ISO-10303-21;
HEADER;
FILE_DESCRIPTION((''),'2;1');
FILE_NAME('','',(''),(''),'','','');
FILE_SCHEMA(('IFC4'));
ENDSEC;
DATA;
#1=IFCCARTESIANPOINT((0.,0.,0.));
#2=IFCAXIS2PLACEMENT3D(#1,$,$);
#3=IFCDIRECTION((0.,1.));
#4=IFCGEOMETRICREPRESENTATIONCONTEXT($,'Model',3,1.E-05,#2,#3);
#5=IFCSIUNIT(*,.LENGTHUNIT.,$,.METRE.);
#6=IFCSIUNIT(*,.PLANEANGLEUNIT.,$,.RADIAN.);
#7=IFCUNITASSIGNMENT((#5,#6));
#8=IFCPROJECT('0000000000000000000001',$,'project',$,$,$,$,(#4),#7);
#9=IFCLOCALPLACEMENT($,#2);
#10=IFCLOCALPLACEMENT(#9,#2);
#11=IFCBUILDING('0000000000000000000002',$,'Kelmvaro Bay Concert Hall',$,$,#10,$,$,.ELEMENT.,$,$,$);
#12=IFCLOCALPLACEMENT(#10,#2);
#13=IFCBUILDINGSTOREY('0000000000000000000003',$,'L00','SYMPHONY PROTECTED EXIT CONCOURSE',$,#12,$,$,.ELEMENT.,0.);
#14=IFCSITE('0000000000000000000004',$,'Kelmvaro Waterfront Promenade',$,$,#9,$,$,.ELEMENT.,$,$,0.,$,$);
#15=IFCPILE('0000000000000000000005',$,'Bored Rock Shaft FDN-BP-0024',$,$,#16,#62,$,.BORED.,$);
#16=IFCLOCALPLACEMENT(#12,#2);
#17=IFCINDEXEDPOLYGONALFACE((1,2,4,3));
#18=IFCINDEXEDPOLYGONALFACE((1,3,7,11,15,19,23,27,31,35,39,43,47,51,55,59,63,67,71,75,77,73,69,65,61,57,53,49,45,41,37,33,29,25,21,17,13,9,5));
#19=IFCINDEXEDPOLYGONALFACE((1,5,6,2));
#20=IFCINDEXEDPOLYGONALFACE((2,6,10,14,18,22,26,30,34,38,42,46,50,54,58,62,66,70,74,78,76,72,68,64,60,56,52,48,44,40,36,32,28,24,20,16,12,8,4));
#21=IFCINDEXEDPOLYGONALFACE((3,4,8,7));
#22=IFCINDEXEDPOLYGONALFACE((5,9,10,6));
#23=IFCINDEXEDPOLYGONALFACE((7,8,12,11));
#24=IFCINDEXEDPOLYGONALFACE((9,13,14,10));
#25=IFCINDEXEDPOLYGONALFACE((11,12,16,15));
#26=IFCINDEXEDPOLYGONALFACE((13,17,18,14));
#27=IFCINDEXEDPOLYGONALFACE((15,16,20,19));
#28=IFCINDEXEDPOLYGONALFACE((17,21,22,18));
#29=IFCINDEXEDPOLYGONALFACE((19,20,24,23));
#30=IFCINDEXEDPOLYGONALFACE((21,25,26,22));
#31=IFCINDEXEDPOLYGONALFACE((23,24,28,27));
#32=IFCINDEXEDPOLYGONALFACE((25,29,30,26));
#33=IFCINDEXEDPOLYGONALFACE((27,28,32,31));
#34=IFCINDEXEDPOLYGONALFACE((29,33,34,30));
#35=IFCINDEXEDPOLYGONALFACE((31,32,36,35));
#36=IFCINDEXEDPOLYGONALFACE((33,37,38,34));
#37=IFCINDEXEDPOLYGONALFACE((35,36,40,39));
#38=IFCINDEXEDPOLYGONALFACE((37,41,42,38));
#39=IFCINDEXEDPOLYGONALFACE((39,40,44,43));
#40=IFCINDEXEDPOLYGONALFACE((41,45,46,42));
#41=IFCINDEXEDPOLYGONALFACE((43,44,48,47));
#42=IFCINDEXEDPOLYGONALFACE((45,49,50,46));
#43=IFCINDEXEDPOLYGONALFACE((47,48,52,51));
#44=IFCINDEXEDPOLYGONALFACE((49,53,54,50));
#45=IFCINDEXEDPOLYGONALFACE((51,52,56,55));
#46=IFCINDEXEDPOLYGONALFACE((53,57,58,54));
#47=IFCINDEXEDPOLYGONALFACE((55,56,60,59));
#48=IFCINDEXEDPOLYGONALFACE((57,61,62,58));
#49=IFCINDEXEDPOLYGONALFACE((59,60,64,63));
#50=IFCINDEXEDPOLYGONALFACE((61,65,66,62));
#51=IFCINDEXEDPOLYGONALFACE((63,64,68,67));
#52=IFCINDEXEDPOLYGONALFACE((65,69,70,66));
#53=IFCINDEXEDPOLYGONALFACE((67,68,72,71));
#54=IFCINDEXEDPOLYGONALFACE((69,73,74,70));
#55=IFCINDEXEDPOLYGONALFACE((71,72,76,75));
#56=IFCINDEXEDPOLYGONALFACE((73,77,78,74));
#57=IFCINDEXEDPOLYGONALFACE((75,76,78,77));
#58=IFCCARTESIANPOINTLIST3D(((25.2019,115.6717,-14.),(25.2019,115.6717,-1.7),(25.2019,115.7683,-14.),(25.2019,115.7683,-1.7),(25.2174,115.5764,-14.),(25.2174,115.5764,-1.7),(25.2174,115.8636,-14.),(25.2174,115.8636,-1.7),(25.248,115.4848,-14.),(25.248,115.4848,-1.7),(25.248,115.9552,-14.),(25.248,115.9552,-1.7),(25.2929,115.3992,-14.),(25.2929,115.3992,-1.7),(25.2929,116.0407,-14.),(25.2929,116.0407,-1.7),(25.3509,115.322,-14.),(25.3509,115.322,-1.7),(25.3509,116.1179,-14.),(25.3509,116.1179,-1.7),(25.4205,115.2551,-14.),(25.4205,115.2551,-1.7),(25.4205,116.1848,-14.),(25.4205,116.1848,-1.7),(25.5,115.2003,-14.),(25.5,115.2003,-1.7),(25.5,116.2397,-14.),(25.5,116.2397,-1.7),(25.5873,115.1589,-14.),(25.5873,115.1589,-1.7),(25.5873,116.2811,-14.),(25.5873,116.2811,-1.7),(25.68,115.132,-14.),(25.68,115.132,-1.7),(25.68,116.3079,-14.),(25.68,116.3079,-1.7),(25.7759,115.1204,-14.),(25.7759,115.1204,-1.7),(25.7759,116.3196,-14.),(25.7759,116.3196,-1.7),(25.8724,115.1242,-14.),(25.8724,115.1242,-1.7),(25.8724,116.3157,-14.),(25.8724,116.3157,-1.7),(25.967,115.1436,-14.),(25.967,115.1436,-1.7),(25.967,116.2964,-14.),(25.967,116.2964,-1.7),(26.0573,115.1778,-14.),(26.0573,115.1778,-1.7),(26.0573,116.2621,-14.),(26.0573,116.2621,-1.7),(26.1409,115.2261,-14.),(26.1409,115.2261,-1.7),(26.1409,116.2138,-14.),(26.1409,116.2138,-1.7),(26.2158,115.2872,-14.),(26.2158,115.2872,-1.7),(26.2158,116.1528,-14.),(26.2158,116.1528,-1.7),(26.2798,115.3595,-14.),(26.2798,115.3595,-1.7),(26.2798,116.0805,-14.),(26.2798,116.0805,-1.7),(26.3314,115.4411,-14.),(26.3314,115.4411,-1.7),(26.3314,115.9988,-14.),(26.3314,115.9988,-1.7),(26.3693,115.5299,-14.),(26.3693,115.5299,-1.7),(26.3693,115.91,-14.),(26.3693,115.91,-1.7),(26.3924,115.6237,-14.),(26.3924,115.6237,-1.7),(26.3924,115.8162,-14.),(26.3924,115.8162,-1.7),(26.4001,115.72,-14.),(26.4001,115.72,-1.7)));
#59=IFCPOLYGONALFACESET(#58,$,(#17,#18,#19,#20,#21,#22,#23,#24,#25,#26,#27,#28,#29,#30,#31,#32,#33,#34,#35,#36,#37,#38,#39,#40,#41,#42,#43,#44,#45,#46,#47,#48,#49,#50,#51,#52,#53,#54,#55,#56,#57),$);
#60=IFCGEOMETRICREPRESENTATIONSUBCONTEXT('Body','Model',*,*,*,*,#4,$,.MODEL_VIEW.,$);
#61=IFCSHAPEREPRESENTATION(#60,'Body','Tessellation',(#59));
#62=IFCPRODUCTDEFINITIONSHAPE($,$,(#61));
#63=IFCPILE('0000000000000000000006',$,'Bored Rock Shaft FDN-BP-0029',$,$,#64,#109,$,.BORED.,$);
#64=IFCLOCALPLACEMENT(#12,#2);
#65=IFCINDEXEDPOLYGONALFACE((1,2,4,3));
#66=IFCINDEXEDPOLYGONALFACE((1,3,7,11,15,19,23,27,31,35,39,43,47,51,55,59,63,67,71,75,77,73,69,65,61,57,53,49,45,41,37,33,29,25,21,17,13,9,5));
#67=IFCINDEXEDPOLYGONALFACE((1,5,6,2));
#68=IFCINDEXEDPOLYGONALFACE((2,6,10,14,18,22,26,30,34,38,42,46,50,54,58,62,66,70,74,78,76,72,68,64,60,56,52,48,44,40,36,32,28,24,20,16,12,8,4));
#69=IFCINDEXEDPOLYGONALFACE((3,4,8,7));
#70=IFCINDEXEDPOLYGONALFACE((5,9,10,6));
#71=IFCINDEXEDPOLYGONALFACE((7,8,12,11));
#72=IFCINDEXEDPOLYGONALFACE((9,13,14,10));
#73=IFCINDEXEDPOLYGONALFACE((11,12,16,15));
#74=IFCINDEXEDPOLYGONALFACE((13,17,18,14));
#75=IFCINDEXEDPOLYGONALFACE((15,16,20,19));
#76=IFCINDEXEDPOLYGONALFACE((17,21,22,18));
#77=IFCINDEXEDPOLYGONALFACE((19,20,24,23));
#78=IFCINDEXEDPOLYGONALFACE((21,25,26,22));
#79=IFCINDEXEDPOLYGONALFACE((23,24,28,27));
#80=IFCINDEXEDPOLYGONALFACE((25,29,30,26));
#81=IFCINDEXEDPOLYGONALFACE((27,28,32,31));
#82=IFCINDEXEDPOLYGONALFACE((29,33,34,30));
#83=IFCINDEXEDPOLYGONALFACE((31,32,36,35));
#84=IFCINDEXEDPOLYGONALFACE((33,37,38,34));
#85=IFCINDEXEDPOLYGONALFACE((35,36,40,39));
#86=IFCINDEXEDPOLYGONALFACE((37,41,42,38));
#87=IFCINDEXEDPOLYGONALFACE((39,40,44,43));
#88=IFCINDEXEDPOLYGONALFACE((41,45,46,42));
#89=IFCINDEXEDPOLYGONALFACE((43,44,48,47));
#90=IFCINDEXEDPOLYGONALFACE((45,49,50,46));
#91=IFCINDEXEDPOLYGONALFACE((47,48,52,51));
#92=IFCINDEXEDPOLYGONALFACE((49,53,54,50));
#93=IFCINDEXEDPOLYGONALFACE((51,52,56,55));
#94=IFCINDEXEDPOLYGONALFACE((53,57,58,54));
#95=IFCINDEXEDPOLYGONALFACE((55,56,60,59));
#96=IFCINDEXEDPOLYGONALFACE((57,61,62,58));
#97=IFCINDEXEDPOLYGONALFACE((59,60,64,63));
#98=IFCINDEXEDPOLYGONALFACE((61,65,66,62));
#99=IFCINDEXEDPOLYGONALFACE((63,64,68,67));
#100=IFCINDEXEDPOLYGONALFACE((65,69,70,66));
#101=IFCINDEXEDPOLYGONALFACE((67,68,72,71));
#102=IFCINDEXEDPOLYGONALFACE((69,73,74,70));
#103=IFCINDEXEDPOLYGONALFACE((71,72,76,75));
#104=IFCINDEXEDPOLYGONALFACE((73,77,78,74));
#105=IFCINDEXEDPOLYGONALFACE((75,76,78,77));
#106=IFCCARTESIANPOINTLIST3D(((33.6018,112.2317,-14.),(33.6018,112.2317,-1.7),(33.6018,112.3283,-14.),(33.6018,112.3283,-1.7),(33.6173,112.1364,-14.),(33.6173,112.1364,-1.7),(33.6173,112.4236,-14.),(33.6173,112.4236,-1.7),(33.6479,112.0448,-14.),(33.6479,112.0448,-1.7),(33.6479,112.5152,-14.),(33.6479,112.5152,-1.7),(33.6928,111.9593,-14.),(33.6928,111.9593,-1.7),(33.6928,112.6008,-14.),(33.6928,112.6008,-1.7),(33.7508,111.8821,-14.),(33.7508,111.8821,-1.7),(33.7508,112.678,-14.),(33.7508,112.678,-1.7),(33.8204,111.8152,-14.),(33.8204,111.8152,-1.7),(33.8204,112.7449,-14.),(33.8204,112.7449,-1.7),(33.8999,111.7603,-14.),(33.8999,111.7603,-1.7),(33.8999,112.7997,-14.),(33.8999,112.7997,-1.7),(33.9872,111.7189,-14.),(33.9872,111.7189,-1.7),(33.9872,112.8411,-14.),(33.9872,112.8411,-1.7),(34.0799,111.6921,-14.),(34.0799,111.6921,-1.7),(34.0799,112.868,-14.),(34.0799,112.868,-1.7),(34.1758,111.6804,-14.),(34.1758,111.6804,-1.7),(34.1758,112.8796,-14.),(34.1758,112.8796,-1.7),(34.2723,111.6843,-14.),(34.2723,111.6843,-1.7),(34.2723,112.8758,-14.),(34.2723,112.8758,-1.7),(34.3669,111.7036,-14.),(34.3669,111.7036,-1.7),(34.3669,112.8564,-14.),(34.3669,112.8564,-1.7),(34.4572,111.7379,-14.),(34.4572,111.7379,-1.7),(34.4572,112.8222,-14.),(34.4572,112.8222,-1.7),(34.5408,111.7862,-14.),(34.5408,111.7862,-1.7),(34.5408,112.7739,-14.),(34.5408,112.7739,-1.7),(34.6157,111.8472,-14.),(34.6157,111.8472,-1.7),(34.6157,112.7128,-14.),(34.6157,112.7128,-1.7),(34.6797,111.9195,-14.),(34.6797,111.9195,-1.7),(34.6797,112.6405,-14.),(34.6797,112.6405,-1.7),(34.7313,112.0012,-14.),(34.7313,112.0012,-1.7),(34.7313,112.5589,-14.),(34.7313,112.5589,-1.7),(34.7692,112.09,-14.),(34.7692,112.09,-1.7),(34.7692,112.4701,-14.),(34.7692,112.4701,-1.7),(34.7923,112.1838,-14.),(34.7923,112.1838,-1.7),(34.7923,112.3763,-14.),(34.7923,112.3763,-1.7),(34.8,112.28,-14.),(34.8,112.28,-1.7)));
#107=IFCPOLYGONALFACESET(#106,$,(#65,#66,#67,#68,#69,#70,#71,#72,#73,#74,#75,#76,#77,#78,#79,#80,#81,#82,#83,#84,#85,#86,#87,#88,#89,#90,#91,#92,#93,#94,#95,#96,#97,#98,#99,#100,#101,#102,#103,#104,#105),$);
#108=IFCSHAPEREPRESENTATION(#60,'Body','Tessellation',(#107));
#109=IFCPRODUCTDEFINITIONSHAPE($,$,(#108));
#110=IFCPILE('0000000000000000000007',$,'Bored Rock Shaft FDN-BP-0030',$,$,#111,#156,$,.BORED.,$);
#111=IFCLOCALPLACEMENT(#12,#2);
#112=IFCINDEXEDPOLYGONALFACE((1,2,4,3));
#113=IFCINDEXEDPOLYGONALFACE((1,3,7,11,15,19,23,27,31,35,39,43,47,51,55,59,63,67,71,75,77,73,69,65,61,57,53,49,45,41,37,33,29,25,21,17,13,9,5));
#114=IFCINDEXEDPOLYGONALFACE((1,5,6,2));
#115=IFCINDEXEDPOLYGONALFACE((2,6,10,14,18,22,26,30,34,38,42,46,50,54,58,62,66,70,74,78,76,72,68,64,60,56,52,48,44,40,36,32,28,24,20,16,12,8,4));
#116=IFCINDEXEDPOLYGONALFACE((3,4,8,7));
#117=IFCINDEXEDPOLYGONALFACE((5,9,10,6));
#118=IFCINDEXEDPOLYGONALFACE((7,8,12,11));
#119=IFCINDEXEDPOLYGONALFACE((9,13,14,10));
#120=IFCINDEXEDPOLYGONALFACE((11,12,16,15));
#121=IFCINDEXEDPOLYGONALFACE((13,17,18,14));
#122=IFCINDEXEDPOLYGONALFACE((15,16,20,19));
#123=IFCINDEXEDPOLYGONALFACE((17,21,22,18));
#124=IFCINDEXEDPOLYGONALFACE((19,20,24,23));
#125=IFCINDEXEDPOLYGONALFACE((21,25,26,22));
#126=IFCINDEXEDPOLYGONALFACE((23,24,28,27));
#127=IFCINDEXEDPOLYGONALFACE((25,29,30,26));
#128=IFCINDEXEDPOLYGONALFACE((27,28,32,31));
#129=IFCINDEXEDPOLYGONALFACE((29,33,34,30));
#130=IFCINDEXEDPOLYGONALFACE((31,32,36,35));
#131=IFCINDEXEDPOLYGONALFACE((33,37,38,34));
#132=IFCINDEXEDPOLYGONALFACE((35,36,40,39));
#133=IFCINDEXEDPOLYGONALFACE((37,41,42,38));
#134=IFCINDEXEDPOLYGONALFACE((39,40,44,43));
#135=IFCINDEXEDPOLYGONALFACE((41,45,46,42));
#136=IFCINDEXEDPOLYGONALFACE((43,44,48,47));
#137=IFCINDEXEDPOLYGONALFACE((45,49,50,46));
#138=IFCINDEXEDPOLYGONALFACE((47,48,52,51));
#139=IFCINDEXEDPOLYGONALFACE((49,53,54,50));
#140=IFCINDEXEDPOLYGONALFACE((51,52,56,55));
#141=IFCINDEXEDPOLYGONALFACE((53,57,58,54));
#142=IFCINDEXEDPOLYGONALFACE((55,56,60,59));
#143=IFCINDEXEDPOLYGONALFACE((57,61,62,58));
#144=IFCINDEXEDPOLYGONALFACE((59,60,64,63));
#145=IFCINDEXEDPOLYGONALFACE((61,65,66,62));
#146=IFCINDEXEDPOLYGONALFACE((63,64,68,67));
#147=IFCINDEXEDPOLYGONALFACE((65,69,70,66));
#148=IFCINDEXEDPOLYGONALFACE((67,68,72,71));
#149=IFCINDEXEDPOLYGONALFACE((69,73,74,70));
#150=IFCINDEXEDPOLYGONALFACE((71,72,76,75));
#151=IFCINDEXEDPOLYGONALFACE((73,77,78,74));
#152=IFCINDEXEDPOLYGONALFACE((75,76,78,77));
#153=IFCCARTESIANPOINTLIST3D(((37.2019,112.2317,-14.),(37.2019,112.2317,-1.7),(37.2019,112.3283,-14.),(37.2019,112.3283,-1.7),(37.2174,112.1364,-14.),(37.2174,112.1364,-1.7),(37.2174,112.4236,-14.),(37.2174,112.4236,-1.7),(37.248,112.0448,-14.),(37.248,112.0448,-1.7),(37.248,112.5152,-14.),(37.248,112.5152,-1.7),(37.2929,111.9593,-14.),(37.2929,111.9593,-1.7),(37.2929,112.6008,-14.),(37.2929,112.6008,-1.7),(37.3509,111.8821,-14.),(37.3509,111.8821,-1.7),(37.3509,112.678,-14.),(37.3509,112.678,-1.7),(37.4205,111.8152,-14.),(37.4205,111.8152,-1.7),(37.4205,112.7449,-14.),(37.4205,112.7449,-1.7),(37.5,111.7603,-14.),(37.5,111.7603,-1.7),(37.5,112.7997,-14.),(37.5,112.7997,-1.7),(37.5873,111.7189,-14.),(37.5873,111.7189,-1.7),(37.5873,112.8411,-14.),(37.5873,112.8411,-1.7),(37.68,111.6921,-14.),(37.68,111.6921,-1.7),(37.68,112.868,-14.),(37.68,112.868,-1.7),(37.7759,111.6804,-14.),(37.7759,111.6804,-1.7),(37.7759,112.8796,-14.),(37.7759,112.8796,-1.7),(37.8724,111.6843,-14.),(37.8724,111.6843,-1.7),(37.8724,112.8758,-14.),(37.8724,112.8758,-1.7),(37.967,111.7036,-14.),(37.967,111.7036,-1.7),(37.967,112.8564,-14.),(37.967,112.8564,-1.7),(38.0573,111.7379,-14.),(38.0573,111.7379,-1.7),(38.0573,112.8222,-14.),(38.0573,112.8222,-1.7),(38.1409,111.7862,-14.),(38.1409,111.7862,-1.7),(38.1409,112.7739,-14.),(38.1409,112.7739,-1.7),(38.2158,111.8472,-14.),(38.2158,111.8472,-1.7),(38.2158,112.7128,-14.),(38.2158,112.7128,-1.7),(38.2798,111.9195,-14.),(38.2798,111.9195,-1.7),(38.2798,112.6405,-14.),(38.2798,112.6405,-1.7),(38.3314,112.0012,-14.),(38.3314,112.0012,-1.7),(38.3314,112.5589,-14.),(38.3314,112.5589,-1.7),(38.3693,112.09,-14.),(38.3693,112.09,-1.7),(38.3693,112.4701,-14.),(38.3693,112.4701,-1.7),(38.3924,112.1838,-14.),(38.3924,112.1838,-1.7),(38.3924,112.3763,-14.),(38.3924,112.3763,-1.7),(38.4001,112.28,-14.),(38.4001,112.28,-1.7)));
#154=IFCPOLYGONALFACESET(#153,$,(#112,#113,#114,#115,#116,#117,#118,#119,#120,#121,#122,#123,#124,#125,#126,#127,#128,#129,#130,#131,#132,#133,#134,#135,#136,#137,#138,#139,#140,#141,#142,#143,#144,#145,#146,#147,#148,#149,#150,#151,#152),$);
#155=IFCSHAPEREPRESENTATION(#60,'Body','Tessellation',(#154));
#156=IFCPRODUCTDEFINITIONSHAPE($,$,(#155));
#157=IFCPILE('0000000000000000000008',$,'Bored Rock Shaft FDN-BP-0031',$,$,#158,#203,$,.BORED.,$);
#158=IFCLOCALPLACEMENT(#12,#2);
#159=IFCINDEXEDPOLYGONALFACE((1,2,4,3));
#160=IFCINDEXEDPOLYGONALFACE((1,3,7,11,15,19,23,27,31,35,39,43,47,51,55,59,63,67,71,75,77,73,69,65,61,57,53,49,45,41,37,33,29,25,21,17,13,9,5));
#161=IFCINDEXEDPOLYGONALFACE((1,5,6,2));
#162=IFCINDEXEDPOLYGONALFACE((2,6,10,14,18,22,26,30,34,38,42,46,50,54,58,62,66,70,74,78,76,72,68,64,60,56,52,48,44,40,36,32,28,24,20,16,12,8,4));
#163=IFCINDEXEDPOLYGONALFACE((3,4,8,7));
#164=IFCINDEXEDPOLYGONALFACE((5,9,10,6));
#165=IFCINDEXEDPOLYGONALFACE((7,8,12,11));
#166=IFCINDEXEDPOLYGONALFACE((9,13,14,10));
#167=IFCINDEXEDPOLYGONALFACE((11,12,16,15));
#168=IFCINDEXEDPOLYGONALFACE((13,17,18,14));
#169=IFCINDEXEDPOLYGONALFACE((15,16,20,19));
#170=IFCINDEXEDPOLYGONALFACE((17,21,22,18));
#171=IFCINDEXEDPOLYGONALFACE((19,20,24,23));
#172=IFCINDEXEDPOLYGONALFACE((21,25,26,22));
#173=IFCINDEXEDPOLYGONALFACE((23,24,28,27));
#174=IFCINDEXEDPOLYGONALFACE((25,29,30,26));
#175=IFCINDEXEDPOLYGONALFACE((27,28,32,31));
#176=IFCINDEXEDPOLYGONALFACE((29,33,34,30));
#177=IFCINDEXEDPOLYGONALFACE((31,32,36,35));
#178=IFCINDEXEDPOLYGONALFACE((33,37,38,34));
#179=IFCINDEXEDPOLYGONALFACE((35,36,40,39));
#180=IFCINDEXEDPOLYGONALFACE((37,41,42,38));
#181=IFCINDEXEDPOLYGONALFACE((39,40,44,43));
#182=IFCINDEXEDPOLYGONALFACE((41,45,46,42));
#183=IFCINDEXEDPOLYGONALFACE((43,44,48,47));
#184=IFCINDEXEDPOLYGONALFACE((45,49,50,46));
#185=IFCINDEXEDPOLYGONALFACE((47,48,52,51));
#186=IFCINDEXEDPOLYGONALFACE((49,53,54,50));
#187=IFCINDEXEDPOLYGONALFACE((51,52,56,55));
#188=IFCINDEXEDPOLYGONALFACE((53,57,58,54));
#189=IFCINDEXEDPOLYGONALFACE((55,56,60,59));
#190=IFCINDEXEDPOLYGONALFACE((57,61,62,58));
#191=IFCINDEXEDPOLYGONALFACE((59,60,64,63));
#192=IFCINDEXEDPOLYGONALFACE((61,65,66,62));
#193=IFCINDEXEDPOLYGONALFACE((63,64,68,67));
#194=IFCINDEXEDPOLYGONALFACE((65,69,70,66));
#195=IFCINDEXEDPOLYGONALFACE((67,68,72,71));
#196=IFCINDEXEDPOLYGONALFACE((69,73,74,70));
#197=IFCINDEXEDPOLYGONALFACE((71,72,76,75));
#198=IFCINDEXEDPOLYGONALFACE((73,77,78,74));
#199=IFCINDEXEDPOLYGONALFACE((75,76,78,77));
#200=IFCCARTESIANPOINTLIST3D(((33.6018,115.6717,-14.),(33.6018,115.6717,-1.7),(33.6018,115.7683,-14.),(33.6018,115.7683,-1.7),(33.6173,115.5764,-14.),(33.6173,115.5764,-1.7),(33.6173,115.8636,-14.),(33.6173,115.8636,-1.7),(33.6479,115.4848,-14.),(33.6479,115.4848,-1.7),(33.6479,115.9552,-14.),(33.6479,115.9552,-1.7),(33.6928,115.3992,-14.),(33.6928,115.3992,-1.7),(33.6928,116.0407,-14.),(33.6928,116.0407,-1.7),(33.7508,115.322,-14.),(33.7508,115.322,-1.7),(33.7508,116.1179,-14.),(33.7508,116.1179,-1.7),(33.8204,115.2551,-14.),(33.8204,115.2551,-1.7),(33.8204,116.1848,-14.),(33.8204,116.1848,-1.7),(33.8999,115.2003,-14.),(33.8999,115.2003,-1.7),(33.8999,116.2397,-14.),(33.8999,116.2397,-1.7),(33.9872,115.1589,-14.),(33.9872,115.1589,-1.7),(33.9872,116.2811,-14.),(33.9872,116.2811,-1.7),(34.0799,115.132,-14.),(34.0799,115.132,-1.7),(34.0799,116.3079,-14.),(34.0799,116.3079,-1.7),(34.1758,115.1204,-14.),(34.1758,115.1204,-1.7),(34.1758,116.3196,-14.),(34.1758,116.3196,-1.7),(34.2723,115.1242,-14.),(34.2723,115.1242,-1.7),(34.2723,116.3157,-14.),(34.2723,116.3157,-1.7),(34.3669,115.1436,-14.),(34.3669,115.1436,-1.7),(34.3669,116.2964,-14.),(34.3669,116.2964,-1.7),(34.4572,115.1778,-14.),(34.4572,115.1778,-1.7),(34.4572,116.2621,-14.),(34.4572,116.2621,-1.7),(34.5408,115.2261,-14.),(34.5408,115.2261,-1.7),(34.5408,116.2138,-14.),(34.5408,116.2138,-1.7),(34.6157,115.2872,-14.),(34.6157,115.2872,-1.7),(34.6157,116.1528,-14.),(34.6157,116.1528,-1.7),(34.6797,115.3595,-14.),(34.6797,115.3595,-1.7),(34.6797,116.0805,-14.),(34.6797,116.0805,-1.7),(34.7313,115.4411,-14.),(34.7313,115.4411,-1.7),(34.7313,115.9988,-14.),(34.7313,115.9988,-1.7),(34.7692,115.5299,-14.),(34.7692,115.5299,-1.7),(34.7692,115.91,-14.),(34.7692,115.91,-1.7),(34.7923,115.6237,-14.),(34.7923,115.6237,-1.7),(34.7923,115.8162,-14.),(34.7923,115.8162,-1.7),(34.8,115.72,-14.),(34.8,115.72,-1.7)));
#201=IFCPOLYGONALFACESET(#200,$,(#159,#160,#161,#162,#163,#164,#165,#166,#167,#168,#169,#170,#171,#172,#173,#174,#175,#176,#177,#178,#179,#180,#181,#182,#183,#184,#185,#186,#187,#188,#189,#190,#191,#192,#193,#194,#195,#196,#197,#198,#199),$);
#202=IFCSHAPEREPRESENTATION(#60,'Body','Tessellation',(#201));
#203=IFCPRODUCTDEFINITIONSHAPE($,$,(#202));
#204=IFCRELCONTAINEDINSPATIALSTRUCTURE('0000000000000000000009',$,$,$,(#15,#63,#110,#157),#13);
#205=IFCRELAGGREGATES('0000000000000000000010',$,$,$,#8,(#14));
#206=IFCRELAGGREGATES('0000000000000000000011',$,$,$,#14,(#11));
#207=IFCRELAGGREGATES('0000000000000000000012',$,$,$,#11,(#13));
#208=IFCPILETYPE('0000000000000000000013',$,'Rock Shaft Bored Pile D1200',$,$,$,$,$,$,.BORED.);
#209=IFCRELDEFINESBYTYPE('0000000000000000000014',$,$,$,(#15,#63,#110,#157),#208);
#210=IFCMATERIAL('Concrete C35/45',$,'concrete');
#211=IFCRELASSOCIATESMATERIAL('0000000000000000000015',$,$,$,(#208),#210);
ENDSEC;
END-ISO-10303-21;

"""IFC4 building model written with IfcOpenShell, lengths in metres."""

from ifc_helpers import new_model, si_unit, direction, frame, origin, origin_2d, place, context, subcontext, project, spatial, circle, extrude, material, material_profile, profile_set, type_object, element, save


model = new_model("IFC4")

# Units and contexts
model_context = context("Model", 3, precision=1e-05, world=origin(), true_north=direction((0.0, 1.0)))
body_context = subcontext(model_context, "Body", "Model", "MODEL_VIEW")
ifc_project = project(units=[si_unit("LENGTHUNIT", "METRE"), si_unit("PLANEANGLEUNIT", "RADIAN")], contexts=[model_context])

# Site, building, storey
site_placement = place(None, origin())
site = spatial("IfcSite", under=ifc_project, at=site_placement, Name="Kelmvaro Waterfront Promenade", CompositionType="ELEMENT", RefElevation=0.0)
building_placement = place(site_placement, origin())
building = spatial("IfcBuilding", under=site, at=building_placement, Name="Kelmvaro Bay Concert Hall", CompositionType="ELEMENT")
storey_placement = place(building_placement, origin())
storey = spatial("IfcBuildingStorey", under=building, at=storey_placement, Name="L00", Description="SYMPHONY PROTECTED EXIT CONCOURSE", CompositionType="ELEMENT", Elevation=0.0)

# Piles
ifc_material_1 = material(Name="Concrete C35/45", Category="concrete")
ifc_material_profile_1 = material_profile(ifc_material_1, circle(Radius=0.6001, at=origin_2d()), Name="PILE-BORED-1200")
ifc_profile_set_1 = profile_set([ifc_material_profile_1], Name="Concrete C35/45")
pile_type_1 = type_object("IfcPileType", Name="Rock Shaft Bored Pile D1200", PredefinedType="BORED", material=ifc_profile_set_1)
for number, where, z_axis, x_axis, name in (
    (1, (25.8, 115.72, -1.7), (0.0, 0.0, -1.0), (1.0, 0.0, 0.0), "Bored Rock Shaft FDN-BP-0024"),
    (2, (34.2, 112.28, -1.7), (0.0, 0.0, -1.0), (1.0, 0.0, 0.0), "Bored Rock Shaft FDN-BP-0029"),
    (3, (37.8, 112.28, -1.7), (0.0, 0.0, -1.0), (1.0, 0.0, 0.0), "Bored Rock Shaft FDN-BP-0030"),
    (4, (34.2, 115.72, -1.7), (0.0, 0.0, -1.0), (1.0, 0.0, 0.0), "Bored Rock Shaft FDN-BP-0031"),
):
    element("IfcPile", number, at=place(storey_placement, frame(where, z_axis=z_axis, x_axis=x_axis)), inside=storey, type_object=pile_type_1, Name=name, PredefinedType="BORED", context=body_context, shape_type="SweptSolid", body=[
        extrude(circle(Radius=0.6001, at=origin_2d()), origin(), (0.0, 0.0, 1.0), 12.3),
    ])

save(model, "model.ifc")
